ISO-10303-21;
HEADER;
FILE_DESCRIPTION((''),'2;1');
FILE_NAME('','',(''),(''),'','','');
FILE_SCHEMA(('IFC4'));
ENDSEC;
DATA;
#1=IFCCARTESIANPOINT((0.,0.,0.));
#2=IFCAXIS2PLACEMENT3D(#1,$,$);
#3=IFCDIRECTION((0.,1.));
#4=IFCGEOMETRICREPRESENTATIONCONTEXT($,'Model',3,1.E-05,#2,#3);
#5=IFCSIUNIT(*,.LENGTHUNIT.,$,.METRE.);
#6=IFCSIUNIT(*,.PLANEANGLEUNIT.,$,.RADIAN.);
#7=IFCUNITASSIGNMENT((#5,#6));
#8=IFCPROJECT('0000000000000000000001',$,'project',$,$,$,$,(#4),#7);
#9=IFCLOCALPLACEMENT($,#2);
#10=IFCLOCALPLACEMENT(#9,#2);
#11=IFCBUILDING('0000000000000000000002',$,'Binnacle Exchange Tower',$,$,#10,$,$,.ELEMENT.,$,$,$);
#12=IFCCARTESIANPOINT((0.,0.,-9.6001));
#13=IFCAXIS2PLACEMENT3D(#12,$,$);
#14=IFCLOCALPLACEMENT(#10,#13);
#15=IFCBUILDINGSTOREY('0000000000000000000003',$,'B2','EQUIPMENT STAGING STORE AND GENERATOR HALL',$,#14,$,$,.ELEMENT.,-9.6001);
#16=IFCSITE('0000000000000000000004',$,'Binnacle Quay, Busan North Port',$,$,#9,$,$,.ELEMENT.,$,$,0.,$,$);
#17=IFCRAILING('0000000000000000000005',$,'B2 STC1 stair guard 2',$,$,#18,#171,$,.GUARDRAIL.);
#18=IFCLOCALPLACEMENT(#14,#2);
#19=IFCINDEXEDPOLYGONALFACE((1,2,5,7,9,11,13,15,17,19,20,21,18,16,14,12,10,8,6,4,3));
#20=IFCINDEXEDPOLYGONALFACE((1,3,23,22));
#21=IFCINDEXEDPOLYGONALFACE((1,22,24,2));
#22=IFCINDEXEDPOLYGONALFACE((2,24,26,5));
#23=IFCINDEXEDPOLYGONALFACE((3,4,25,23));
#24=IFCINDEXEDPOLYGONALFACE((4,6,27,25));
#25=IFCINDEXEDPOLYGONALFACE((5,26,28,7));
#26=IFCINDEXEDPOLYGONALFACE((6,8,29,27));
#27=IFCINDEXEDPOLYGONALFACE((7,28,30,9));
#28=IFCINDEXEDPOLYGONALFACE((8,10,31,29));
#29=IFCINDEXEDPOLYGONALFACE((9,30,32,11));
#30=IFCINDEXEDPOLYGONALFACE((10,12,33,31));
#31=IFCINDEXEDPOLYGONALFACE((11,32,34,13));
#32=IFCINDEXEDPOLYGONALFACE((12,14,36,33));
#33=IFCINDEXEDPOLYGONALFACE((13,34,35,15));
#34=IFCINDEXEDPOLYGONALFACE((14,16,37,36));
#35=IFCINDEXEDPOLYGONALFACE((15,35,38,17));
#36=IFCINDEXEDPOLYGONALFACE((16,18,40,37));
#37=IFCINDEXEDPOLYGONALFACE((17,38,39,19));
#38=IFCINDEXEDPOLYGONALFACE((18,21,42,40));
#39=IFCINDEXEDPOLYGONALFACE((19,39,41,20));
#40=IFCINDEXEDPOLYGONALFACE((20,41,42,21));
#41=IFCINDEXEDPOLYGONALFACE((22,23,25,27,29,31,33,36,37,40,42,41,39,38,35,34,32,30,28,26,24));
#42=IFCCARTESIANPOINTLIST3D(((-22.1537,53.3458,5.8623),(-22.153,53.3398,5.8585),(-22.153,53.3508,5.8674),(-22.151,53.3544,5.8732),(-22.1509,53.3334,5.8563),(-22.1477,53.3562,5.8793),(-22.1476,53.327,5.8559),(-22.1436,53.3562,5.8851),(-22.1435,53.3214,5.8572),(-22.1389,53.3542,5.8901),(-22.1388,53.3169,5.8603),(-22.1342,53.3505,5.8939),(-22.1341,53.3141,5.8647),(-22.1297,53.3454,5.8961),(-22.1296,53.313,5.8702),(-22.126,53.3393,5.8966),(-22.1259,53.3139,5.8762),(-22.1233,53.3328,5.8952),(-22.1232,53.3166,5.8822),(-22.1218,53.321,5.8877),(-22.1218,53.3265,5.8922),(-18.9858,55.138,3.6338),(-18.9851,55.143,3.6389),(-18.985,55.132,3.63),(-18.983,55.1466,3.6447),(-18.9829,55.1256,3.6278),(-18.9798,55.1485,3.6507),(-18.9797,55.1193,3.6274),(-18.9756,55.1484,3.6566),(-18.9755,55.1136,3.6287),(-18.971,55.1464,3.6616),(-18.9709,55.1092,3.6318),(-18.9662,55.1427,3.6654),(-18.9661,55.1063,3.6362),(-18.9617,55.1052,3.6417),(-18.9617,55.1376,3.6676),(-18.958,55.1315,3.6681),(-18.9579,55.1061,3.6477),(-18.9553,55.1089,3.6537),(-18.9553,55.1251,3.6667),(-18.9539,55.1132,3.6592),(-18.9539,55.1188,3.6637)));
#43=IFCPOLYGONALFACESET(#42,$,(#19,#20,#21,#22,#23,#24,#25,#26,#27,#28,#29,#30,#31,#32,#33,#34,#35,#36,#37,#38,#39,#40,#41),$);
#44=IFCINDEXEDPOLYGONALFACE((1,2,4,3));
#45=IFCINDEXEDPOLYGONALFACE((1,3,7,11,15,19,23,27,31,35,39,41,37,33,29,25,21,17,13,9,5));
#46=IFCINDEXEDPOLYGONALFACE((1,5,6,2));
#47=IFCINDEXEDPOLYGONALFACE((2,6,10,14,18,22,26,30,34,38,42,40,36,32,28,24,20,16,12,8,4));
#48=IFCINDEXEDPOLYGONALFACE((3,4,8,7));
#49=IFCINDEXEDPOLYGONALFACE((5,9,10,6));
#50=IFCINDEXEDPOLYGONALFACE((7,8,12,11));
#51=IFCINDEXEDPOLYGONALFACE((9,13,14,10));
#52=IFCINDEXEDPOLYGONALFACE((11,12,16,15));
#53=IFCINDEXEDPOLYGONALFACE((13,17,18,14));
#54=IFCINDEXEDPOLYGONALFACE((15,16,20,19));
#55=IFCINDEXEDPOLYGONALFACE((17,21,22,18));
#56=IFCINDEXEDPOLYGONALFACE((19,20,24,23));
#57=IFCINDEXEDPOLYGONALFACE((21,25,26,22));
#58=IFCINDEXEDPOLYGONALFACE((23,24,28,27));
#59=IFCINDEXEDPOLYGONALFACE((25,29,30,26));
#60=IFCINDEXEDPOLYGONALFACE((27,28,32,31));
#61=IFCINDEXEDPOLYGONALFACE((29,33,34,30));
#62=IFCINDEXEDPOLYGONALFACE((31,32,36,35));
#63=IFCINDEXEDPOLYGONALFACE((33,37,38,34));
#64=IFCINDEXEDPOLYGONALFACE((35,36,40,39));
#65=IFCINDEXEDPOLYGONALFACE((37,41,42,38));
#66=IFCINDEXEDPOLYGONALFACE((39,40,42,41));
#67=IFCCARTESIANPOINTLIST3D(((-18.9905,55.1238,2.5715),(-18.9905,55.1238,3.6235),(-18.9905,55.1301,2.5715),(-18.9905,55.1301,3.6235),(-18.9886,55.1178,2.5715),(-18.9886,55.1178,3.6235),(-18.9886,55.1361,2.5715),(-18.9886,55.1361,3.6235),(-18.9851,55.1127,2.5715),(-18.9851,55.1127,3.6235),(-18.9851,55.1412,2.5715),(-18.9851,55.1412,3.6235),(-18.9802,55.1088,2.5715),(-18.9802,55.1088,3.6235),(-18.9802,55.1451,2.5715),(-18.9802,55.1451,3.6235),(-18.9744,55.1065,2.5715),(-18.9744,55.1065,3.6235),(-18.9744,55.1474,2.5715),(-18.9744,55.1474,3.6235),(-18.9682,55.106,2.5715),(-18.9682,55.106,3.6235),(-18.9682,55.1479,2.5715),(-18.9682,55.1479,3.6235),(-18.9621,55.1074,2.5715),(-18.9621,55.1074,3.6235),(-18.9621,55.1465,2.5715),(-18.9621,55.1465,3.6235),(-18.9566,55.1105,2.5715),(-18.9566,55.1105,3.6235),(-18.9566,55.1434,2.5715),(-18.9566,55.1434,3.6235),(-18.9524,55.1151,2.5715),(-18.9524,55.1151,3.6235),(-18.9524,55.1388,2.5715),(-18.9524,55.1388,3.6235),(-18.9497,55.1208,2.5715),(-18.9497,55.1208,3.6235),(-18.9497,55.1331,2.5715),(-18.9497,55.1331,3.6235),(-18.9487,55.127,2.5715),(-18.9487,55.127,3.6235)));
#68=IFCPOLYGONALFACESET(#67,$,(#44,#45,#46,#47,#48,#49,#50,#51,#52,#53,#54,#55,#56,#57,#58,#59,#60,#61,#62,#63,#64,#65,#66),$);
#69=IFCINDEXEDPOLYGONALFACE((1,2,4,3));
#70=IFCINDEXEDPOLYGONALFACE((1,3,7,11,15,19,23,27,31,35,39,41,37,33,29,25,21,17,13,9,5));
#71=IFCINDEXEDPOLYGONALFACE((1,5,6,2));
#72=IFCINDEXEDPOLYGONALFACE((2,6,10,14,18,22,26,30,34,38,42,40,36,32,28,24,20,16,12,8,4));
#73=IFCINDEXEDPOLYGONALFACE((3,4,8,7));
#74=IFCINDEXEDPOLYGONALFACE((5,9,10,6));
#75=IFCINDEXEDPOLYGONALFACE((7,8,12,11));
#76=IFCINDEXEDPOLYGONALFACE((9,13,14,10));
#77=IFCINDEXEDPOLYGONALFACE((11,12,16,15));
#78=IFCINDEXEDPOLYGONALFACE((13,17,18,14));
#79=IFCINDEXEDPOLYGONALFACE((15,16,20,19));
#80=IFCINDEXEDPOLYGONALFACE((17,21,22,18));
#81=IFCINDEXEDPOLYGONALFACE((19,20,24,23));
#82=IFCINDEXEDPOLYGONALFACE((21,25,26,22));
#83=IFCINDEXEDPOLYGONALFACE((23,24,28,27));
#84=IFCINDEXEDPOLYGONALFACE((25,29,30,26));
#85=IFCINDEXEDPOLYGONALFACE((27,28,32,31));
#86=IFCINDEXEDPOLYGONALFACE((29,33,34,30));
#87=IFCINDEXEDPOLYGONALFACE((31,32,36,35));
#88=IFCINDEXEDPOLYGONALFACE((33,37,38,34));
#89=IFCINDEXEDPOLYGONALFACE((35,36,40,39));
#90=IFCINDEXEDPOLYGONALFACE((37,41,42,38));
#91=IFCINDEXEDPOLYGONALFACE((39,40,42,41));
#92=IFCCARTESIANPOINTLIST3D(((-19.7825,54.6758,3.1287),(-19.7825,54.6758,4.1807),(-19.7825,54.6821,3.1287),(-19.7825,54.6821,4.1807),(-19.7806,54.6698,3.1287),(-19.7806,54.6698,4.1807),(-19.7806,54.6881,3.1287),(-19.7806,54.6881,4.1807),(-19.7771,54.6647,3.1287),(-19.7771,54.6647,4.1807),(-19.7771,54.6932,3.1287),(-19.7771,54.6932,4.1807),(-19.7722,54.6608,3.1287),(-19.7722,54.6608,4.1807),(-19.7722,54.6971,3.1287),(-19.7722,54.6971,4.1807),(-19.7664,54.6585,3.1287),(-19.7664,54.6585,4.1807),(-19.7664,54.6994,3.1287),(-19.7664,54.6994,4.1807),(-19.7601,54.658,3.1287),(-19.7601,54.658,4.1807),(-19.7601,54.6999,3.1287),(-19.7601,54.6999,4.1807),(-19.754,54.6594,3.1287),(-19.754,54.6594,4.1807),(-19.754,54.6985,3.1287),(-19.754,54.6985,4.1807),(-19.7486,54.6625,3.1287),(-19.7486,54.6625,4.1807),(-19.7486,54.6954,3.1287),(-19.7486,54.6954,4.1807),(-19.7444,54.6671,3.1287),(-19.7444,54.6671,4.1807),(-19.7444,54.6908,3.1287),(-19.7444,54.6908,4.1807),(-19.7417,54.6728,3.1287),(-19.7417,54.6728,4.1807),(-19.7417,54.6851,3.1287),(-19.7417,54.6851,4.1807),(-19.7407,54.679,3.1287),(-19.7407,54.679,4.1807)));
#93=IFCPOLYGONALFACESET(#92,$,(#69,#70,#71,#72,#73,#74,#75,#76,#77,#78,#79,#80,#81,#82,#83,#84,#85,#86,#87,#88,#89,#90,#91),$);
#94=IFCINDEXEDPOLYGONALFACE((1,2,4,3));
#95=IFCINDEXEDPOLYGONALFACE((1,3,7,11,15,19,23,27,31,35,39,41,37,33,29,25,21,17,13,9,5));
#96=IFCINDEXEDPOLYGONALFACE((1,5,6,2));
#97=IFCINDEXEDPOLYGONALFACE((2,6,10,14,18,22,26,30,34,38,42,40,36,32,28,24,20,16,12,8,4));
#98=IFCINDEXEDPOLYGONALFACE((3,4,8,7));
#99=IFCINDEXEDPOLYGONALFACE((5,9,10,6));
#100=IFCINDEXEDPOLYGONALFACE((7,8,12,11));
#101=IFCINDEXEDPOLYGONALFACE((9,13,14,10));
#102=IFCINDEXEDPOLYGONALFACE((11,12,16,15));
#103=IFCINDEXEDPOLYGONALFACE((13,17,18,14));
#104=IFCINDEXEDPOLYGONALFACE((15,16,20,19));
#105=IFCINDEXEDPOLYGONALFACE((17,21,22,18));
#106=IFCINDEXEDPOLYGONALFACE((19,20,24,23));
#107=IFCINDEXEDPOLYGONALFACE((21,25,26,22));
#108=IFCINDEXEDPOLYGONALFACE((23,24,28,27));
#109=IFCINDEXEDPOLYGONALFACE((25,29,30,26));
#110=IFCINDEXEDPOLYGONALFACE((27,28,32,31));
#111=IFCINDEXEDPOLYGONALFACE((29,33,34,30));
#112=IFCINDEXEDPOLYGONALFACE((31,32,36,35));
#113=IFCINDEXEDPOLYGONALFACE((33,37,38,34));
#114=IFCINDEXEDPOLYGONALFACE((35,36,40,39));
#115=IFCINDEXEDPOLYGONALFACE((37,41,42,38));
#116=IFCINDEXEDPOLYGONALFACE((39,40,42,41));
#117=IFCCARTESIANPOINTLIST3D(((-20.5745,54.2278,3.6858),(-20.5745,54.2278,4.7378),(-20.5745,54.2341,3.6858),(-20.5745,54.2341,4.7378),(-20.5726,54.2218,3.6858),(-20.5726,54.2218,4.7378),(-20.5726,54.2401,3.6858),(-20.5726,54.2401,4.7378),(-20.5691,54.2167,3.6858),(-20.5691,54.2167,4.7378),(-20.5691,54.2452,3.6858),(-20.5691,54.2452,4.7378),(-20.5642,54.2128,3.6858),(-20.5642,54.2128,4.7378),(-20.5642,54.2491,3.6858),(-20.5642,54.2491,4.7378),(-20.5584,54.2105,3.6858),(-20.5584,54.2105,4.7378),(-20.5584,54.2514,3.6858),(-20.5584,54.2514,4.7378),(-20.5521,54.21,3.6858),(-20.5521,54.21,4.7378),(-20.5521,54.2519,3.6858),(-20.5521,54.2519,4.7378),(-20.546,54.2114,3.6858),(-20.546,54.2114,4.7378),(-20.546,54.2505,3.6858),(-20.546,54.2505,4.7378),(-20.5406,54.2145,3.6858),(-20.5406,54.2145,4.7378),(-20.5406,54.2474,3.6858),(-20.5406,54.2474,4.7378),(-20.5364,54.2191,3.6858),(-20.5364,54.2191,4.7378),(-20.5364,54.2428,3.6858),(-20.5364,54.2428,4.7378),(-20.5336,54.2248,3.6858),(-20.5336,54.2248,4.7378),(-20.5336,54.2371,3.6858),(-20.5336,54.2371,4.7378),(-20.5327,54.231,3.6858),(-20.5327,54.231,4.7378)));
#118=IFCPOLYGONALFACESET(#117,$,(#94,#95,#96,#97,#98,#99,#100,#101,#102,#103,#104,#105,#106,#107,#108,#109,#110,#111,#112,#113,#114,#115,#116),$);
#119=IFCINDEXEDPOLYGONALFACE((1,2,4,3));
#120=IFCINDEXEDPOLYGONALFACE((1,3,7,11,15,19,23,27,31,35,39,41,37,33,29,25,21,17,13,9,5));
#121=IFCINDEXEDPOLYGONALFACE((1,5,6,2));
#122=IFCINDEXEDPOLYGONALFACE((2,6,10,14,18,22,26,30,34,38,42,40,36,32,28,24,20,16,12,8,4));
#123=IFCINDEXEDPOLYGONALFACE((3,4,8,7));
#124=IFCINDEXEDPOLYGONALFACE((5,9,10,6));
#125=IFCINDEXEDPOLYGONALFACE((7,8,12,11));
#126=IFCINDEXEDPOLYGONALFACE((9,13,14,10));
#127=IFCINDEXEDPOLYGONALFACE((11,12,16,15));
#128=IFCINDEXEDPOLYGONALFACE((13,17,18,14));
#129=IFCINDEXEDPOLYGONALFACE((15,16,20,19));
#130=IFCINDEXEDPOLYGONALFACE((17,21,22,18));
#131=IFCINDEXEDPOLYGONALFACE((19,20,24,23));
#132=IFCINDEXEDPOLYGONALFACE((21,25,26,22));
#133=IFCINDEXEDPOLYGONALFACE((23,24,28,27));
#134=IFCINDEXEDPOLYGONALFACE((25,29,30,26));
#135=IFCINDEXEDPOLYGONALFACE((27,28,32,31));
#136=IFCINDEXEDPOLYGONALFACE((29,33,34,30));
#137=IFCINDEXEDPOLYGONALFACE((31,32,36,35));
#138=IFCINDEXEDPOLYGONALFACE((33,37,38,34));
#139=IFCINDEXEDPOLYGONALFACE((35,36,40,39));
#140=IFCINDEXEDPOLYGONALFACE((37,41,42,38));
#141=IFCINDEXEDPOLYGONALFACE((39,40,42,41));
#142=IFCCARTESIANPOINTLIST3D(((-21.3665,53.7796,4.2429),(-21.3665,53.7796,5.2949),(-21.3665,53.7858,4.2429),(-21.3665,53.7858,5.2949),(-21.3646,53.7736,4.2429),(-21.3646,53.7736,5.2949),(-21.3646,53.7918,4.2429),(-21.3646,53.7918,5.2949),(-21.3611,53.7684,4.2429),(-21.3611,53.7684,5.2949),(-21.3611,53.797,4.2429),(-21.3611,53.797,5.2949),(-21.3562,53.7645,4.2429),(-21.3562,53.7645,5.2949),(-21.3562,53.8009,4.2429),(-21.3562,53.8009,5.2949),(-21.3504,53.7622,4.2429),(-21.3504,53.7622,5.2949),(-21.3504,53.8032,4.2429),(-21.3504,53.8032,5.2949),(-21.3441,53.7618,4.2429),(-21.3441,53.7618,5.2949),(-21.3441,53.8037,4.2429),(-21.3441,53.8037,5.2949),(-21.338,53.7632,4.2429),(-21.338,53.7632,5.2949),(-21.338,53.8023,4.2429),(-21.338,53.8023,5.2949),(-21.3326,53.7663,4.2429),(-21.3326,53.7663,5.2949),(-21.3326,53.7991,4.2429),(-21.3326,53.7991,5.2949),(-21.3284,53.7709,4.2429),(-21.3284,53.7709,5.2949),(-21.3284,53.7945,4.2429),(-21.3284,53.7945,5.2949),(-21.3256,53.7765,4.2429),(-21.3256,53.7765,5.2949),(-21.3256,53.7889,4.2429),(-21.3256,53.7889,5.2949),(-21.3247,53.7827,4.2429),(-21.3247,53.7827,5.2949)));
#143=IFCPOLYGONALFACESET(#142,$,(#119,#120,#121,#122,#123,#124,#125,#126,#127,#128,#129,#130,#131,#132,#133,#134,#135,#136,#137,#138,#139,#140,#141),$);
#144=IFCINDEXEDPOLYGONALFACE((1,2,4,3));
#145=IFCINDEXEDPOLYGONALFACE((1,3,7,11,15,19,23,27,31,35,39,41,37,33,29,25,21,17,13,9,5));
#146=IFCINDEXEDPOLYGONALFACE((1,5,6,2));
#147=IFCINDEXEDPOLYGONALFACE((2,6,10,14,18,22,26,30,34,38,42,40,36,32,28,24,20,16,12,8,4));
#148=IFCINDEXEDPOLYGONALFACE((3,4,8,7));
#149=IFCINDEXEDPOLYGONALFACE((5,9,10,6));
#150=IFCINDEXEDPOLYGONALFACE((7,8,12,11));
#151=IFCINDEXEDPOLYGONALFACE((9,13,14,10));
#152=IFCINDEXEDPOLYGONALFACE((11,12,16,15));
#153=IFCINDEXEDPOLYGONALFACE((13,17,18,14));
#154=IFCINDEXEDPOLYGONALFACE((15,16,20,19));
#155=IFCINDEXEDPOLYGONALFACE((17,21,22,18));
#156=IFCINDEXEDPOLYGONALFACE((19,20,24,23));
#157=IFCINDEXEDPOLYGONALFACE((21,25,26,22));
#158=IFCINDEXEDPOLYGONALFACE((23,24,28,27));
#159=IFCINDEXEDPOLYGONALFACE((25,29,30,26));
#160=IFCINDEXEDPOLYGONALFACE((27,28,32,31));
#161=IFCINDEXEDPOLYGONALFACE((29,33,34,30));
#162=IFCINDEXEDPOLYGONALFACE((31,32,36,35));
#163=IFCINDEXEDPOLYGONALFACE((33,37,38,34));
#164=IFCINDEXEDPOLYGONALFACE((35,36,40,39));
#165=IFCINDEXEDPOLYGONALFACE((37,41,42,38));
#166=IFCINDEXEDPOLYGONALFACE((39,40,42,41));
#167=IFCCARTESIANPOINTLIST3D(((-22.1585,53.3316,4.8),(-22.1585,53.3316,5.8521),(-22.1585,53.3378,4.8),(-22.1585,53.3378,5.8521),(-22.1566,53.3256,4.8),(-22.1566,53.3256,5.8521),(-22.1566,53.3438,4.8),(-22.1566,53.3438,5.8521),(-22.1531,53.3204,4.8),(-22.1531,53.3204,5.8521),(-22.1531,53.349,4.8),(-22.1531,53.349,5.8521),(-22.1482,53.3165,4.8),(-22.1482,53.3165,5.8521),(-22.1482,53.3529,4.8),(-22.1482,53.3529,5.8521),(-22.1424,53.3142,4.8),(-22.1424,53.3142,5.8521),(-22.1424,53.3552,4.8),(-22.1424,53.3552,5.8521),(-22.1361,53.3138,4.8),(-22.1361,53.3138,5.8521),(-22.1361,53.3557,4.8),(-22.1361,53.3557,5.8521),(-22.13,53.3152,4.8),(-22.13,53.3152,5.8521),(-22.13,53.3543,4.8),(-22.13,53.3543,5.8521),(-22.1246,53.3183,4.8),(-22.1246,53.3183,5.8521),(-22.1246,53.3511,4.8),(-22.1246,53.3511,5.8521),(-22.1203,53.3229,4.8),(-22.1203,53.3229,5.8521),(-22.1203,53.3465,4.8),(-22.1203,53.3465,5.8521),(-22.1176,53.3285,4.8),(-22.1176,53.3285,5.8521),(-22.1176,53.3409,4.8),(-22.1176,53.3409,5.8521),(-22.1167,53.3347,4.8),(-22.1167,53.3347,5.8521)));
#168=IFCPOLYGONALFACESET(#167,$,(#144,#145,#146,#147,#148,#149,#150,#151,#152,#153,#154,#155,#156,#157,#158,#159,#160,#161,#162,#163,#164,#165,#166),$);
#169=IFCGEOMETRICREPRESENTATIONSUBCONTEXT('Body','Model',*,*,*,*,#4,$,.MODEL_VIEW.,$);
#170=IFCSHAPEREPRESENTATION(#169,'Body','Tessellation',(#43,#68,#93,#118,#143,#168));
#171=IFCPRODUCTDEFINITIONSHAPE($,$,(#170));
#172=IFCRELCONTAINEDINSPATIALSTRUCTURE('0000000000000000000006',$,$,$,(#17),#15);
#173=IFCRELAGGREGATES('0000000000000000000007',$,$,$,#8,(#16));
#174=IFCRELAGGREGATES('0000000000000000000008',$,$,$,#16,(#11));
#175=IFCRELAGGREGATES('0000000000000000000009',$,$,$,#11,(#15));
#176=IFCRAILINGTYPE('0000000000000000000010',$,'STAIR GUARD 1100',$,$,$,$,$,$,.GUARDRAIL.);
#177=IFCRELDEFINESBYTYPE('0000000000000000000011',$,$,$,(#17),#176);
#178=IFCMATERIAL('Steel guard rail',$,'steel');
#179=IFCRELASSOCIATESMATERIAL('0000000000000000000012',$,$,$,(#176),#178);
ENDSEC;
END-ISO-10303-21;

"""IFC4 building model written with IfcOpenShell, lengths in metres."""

from ifc_helpers import new_model, si_unit, direction, frame, origin, origin_2d, place, context, subcontext, project, spatial, circle, extrude, material, type_object, element, save


model = new_model("IFC4")

# Units and contexts
model_context = context("Model", 3, precision=1e-05, world=origin(), true_north=direction((0.0, 1.0)))
body_context = subcontext(model_context, "Body", "Model", "MODEL_VIEW")
ifc_project = project(units=[si_unit("LENGTHUNIT", "METRE"), si_unit("PLANEANGLEUNIT", "RADIAN")], contexts=[model_context])

# Site, building, storey
site_placement = place(None, origin())
site = spatial("IfcSite", under=ifc_project, at=site_placement, Name="Binnacle Quay, Busan North Port", CompositionType="ELEMENT", RefElevation=0.0)
building_placement = place(site_placement, origin())
building = spatial("IfcBuilding", under=site, at=building_placement, Name="Binnacle Exchange Tower", CompositionType="ELEMENT")
storey_placement = place(building_placement, frame((0.0, 0.0, -9.6001)))
storey = spatial("IfcBuildingStorey", under=building, at=storey_placement, Name="B2", Description="EQUIPMENT STAGING STORE AND GENERATOR HALL", CompositionType="ELEMENT", Elevation=-9.6001)

# Railing
ifc_material_1 = material(Name="Steel guard rail", Category="steel")
railing_type_1 = type_object("IfcRailingType", Name="STAIR GUARD 1100", PredefinedType="GUARDRAIL", material=ifc_material_1)
railing_1_placement = place(storey_placement, frame((-18.9697, 55.127, 2.5715)))
element("IfcRailing", 1, at=railing_1_placement, inside=storey, type_object=railing_type_1, Name="B2 STC1 stair guard 2", PredefinedType="GUARDRAIL", context=body_context, shape_type="SweptSolid", body=[
    extrude(circle(Radius=0.0239, at=origin_2d()), frame((0.0, 0.0, 1.0762), z_axis=(-0.742289, -0.41994, 0.522165), x_axis=(0.4924, -0.870369, 0.0)), (0.0, 0.0, 1.0), 4.2678),
    extrude(circle(Radius=0.021, at=origin_2d()), origin(), (0.0, 0.0, 1.0), 1.052),
    extrude(circle(Radius=0.021, at=origin_2d()), frame((-0.792, -0.448, 0.5571)), (0.0, 0.0, 1.0), 1.052),
    extrude(circle(Radius=0.021, at=origin_2d()), frame((-1.584, -0.896, 1.1143)), (0.0, 0.0, 1.0), 1.052),
    extrude(circle(Radius=0.021, at=origin_2d()), frame((-2.376, -1.3442, 1.6714)), (0.0, 0.0, 1.0), 1.052),
    extrude(circle(Radius=0.021, at=origin_2d()), frame((-3.168, -1.7922, 2.2285)), (0.0, 0.0, 1.0), 1.052),
])

save(model, "model.ifc")
